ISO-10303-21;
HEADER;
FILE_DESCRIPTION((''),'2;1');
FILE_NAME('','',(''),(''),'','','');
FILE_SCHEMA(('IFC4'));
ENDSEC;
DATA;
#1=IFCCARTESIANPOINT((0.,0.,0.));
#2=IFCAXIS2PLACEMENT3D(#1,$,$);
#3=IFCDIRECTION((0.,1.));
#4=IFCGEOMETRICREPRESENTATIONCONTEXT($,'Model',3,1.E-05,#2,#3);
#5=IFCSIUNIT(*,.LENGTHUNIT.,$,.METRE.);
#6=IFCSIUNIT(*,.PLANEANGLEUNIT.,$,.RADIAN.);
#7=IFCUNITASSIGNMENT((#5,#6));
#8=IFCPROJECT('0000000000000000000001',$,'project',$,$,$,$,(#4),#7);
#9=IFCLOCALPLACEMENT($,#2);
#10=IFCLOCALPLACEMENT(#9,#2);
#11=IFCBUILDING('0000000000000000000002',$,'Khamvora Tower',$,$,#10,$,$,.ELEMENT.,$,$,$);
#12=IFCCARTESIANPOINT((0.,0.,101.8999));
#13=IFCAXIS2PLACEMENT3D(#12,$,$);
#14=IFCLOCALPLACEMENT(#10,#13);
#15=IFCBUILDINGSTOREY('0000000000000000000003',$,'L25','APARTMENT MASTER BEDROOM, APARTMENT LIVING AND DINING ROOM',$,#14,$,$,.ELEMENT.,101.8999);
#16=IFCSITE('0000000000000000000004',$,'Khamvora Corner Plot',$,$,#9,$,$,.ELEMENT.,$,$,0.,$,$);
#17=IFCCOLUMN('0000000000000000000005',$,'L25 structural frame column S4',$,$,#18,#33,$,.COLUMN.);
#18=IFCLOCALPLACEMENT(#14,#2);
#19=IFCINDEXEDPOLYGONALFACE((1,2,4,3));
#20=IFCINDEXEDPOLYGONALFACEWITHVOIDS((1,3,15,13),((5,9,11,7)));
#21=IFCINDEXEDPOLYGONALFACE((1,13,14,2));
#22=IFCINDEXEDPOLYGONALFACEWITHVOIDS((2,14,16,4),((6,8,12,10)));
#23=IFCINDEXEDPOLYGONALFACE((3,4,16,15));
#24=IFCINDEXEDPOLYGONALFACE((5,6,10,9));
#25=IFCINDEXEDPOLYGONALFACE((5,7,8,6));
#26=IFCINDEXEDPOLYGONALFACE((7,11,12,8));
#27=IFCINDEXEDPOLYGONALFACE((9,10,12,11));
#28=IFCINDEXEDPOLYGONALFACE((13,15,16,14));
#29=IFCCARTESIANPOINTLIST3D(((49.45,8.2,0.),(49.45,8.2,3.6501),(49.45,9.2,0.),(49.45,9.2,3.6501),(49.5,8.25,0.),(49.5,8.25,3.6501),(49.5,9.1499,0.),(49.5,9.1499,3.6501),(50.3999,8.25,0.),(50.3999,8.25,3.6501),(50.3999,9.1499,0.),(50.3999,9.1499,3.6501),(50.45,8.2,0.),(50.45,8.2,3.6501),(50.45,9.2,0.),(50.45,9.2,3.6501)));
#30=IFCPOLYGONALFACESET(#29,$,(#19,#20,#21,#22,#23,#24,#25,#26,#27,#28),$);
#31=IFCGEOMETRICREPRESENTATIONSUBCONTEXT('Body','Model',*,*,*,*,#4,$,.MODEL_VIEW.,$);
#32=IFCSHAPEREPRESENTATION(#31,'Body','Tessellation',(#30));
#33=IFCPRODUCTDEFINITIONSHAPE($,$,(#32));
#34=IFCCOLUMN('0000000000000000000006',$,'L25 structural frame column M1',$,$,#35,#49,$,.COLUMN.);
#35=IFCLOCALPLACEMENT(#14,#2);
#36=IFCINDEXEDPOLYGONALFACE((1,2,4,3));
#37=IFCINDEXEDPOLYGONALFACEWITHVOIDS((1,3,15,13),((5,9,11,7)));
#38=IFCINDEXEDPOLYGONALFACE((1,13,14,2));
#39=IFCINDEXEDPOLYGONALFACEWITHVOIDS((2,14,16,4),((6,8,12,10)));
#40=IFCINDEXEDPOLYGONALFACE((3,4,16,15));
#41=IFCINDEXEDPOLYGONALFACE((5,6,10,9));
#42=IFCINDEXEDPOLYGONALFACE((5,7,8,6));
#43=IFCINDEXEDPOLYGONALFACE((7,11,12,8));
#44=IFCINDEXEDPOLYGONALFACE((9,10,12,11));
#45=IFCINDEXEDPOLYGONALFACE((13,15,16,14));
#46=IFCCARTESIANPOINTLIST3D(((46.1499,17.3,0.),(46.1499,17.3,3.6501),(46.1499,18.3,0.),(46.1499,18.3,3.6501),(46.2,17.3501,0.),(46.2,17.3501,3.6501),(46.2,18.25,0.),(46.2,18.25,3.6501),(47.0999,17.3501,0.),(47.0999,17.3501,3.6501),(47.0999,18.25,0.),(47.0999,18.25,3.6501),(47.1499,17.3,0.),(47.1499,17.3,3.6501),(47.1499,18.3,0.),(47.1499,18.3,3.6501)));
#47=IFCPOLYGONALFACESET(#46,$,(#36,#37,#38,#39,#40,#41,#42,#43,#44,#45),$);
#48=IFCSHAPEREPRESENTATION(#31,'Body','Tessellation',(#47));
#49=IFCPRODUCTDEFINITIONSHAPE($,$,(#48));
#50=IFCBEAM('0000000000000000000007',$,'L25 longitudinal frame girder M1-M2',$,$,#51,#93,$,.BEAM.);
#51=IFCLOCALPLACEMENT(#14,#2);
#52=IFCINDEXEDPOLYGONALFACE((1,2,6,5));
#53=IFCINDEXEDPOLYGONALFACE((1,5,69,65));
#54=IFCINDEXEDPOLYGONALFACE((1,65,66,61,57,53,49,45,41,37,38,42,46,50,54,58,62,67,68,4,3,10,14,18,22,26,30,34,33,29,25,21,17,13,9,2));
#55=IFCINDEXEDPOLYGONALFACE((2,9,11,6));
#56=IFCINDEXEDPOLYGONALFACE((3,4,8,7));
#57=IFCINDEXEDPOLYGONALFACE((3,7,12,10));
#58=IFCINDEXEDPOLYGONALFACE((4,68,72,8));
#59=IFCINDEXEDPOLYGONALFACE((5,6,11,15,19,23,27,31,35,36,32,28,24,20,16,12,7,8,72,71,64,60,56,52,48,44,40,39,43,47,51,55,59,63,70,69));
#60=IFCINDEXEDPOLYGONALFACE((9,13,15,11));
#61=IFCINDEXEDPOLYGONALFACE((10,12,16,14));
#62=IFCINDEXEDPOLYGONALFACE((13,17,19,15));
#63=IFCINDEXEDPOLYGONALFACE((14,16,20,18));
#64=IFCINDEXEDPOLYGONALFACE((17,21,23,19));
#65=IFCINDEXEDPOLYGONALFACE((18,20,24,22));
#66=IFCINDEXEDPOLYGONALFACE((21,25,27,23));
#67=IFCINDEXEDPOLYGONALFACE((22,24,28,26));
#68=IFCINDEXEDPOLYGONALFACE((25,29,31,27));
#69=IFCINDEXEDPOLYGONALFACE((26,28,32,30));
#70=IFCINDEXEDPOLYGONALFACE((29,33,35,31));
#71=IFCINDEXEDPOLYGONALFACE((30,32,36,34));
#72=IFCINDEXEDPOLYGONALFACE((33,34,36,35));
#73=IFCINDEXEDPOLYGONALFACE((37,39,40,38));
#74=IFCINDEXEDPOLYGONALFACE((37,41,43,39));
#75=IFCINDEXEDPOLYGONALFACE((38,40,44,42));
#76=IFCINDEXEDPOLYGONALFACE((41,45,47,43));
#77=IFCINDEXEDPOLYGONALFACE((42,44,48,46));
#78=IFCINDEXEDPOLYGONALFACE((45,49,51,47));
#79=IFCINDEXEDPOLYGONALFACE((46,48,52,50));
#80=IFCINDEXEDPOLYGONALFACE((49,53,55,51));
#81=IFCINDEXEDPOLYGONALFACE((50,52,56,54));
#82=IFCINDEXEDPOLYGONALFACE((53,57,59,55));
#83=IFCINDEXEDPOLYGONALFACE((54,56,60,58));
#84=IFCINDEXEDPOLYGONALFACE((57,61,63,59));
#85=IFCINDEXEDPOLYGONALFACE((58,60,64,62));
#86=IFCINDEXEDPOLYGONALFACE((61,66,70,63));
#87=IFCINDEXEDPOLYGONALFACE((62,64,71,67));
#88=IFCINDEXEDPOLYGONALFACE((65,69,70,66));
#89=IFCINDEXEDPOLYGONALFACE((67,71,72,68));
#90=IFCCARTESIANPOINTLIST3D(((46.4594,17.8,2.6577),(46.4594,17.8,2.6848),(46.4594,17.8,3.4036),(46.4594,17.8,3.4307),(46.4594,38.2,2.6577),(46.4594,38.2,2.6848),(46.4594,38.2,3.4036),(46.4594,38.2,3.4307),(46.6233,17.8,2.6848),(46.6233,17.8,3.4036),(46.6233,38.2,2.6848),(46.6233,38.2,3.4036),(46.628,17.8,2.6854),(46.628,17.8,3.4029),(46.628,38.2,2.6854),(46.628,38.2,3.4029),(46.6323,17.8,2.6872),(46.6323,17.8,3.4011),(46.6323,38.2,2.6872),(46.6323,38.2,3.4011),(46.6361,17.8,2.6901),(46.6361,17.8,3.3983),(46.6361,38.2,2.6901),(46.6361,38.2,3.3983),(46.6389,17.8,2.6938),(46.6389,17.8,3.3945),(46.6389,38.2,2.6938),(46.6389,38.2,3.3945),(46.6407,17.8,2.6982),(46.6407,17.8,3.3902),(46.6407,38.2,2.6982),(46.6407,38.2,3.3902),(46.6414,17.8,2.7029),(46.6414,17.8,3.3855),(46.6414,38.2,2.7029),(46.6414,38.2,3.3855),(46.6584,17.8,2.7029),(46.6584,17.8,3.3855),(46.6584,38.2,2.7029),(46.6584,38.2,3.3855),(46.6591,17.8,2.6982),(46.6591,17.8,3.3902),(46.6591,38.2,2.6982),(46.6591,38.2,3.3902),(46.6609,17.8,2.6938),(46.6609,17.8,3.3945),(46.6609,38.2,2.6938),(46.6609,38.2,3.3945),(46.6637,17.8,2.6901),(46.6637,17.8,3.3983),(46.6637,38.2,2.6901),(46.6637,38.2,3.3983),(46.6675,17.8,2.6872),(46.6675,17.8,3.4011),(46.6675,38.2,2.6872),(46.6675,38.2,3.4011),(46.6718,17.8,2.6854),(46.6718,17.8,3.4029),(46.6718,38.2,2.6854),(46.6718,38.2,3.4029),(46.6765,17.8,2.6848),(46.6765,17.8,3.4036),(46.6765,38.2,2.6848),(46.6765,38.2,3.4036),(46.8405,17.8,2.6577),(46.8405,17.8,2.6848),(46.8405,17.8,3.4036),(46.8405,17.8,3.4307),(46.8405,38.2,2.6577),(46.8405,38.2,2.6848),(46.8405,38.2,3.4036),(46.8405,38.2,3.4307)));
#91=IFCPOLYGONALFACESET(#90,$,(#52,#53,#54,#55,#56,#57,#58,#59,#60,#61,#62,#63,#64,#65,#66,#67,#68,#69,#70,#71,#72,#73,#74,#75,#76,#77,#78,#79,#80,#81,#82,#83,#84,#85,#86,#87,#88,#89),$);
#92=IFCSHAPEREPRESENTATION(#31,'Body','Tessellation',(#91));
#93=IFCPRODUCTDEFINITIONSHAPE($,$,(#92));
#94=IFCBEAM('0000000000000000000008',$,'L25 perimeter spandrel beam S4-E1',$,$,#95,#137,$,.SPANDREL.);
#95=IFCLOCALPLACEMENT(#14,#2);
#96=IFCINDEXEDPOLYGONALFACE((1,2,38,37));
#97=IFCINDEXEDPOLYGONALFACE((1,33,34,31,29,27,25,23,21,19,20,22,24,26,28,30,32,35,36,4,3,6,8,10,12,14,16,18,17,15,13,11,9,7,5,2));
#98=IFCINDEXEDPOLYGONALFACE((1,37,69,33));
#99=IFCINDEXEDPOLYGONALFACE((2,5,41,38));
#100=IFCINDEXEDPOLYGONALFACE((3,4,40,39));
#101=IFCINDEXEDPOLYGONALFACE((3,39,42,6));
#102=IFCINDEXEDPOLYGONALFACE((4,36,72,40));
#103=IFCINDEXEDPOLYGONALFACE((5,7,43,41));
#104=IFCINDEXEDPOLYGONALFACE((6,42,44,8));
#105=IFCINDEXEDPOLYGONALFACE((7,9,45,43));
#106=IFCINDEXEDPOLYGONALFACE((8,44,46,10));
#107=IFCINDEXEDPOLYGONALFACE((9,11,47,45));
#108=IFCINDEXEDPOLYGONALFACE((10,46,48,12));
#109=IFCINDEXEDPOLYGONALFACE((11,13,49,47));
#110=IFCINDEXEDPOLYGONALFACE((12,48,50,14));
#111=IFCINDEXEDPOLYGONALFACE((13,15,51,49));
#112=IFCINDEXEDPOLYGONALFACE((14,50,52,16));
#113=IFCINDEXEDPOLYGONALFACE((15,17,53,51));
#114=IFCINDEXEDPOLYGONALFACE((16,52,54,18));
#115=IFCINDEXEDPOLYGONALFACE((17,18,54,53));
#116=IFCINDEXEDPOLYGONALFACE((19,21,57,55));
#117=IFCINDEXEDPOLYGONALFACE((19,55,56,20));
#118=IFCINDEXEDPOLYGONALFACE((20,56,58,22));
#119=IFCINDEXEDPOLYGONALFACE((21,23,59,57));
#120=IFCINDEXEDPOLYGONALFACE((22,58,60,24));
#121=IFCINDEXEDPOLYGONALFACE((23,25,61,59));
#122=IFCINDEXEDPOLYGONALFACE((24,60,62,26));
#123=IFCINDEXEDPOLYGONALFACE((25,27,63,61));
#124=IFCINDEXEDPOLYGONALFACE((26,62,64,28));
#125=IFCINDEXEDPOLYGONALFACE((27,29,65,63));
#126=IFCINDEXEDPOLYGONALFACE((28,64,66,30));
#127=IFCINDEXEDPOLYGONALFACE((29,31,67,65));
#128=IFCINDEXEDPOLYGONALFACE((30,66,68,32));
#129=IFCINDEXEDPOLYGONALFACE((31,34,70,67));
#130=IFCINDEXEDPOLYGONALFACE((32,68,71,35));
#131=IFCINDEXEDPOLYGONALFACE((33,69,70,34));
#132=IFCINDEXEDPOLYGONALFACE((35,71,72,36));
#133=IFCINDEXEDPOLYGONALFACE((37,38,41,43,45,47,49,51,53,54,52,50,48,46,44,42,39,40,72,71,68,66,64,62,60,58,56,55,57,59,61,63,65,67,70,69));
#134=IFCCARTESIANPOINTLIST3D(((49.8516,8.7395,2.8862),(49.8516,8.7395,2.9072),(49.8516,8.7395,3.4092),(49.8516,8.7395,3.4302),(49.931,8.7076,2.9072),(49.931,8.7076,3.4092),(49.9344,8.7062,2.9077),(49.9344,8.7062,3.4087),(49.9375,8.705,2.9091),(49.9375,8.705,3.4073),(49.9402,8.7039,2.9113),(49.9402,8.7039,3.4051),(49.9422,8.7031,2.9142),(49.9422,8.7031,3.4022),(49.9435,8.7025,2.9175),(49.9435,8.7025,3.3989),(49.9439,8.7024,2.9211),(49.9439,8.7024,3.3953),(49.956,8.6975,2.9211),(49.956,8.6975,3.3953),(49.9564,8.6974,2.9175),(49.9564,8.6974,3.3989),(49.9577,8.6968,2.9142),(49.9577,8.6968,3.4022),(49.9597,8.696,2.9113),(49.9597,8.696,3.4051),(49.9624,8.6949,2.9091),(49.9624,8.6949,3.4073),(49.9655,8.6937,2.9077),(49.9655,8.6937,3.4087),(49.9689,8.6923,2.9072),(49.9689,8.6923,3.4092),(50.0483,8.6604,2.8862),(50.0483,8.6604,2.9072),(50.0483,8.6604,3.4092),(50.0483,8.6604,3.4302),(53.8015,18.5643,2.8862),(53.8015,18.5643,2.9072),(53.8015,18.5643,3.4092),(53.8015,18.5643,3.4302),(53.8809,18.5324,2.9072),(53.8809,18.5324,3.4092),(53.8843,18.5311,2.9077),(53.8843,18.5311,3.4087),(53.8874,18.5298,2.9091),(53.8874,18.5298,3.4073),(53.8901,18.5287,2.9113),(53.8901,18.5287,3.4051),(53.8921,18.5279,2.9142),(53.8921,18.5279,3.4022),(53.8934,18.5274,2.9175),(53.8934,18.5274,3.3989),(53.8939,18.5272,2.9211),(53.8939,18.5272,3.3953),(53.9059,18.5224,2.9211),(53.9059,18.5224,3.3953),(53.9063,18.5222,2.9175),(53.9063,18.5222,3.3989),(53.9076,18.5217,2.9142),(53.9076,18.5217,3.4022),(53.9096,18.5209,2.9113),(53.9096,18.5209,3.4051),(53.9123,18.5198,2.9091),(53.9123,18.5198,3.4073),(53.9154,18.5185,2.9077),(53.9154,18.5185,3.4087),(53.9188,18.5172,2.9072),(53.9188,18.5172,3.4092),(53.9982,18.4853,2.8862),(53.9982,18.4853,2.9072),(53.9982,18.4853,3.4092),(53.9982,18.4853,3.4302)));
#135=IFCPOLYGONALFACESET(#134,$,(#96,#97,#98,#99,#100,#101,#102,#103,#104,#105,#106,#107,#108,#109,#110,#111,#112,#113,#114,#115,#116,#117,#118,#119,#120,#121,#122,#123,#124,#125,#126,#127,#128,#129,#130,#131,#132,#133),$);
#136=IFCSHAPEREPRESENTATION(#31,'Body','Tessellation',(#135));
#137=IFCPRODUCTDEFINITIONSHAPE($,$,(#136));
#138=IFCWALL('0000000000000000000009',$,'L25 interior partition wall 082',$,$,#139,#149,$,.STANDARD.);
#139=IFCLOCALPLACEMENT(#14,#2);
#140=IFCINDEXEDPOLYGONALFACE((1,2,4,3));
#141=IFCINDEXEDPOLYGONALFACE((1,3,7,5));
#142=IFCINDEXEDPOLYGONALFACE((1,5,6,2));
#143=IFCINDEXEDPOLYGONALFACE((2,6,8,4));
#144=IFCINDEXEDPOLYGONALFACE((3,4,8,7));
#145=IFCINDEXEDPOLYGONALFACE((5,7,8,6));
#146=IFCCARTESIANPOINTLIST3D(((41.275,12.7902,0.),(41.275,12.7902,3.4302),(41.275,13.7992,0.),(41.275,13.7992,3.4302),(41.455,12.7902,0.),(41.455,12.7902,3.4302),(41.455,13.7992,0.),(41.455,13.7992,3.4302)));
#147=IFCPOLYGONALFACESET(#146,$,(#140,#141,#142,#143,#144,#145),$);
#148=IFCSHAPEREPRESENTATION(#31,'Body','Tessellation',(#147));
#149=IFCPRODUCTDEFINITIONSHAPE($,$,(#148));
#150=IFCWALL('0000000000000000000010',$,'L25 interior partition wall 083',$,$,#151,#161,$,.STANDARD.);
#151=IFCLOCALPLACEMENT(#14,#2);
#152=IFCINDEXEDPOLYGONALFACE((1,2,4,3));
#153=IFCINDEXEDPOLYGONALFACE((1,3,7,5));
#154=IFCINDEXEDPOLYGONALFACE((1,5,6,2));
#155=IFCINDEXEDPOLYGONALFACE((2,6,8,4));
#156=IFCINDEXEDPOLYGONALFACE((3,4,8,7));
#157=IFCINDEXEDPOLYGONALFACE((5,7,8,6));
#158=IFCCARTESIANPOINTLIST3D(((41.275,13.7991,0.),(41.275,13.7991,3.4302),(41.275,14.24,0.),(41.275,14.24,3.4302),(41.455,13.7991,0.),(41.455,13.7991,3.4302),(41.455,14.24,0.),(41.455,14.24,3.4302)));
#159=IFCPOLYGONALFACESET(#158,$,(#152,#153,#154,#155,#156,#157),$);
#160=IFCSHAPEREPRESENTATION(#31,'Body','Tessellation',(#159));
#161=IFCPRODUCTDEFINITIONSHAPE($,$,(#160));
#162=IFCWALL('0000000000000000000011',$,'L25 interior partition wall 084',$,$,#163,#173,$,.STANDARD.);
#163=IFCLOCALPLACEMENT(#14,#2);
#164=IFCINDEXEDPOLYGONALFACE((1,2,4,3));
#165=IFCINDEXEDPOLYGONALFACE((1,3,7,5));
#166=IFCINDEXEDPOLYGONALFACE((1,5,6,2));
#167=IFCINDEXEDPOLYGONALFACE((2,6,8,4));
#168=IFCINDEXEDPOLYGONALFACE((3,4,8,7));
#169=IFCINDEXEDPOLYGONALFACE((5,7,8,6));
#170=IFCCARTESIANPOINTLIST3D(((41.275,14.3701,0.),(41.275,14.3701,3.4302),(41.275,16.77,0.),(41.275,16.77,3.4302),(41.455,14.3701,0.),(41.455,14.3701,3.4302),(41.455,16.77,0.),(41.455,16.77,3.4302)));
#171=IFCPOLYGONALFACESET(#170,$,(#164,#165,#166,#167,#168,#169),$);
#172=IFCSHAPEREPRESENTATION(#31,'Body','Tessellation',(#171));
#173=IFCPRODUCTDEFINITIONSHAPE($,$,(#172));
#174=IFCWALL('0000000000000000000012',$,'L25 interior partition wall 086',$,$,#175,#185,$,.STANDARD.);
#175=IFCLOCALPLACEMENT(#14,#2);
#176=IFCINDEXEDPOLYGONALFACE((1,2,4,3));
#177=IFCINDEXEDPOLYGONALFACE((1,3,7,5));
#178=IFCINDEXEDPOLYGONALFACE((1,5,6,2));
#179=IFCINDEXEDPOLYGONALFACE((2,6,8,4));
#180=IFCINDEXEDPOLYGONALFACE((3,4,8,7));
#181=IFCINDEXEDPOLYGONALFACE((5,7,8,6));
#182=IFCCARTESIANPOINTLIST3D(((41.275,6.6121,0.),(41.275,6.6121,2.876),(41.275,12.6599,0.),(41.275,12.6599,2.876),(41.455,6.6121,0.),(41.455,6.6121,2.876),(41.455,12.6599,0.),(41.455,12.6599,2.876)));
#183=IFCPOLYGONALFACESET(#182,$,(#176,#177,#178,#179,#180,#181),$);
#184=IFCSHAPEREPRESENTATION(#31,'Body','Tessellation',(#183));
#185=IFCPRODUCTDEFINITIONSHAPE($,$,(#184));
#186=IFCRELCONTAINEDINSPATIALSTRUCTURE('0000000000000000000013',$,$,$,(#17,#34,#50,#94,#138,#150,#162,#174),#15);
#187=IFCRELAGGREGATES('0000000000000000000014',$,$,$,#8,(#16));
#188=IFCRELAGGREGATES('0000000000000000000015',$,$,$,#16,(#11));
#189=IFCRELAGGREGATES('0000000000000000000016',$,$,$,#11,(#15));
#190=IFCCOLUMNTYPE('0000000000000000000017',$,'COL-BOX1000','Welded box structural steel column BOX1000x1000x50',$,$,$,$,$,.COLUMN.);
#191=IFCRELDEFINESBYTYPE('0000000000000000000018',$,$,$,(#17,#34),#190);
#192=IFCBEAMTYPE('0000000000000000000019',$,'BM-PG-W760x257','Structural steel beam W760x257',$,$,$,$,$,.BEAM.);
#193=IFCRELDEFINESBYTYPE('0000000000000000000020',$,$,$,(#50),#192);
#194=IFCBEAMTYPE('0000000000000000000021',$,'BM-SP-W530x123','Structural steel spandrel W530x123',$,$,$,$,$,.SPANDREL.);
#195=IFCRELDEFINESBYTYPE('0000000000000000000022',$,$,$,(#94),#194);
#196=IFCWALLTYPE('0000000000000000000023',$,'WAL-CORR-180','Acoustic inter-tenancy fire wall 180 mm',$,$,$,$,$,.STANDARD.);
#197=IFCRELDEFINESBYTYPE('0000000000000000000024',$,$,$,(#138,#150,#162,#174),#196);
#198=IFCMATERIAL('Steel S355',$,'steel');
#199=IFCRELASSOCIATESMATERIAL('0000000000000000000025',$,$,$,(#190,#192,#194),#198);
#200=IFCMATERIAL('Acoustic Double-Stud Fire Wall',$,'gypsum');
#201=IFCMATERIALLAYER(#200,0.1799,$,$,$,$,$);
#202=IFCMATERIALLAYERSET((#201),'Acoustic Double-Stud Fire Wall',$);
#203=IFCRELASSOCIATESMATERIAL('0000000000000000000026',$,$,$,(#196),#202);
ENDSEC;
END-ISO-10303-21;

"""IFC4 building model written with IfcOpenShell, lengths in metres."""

from ifc_helpers import new_model, si_unit, direction, frame, frame_2d, origin, origin_2d, place, context, subcontext, project, spatial, rectangle, hollow_rectangle, i_section, extrude, material, layer, layer_set, material_profile, profile_set, type_object, element, save


model = new_model("IFC4")

# Units and contexts
model_context = context("Model", 3, precision=1e-05, world=origin(), true_north=direction((0.0, 1.0)))
body_context = subcontext(model_context, "Body", "Model", "MODEL_VIEW")
ifc_project = project(units=[si_unit("LENGTHUNIT", "METRE"), si_unit("PLANEANGLEUNIT", "RADIAN")], contexts=[model_context])

# Site, building, storey
site_placement = place(None, origin())
site = spatial("IfcSite", under=ifc_project, at=site_placement, Name="Khamvora Corner Plot", CompositionType="ELEMENT", RefElevation=0.0)
building_placement = place(site_placement, origin())
building = spatial("IfcBuilding", under=site, at=building_placement, Name="Khamvora Tower", CompositionType="ELEMENT")
storey_placement = place(building_placement, frame((0.0, 0.0, 101.8999)))
storey = spatial("IfcBuildingStorey", under=building, at=storey_placement, Name="L25", Description="APARTMENT MASTER BEDROOM, APARTMENT LIVING AND DINING ROOM", CompositionType="ELEMENT", Elevation=101.8999)

# Columns
ifc_material_1 = material(Name="Steel S355", Category="steel")
ifc_material_profile_1 = material_profile(ifc_material_1, hollow_rectangle(XDim=1.0, YDim=1.0, WallThickness=0.05, at=origin_2d()), Name="BOX1000x1000x50")
ifc_profile_set_1 = profile_set([ifc_material_profile_1], Name="Steel S355")
column_type = type_object("IfcColumnType", Name="COL-BOX1000", Description="Welded box structural steel column BOX1000x1000x50", PredefinedType="COLUMN", material=ifc_profile_set_1)
for number, where, z_axis, x_axis, name in (
    (1, (49.95, 8.7, 0.0), (0.0, 0.0, 1.0), (1.0, 0.0, 0.0), "L25 structural frame column S4"),
    (2, (46.6499, 17.8, 0.0), (0.0, 0.0, 1.0), (1.0, 0.0, 0.0), "L25 structural frame column M1"),
):
    element("IfcColumn", number, at=place(storey_placement, frame(where, z_axis=z_axis, x_axis=x_axis)), inside=storey, type_object=column_type, Name=name, PredefinedType="COLUMN", context=body_context, shape_type="SweptSolid", body=[
        extrude(hollow_rectangle(XDim=1.0, YDim=1.0, WallThickness=0.05, at=origin_2d()), origin(), (0.0, 0.0, 1.0), 3.6501),
    ])

# Beams
ifc_material_profile_2 = material_profile(ifc_material_1, i_section(OverallWidth=0.3811, OverallDepth=0.7729, WebThickness=0.0171, FlangeThickness=0.0271, FilletRadius=0.0181, at=origin_2d()), Name="W760x257")
ifc_profile_set_2 = profile_set([ifc_material_profile_2], Name="Steel S355")
beam_type_1 = type_object("IfcBeamType", Name="BM-PG-W760x257", Description="Structural steel beam W760x257", PredefinedType="BEAM", material=ifc_profile_set_2)
beam_1_placement = place(storey_placement, frame((46.6499, 17.8, 3.0442), z_axis=(0.0, 1.0, 0.0), x_axis=(-1.0, 0.0, 0.0)))
element("IfcBeam", 3, at=beam_1_placement, inside=storey, type_object=beam_type_1, Name="L25 longitudinal frame girder M1-M2", PredefinedType="BEAM", context=body_context, shape_type="SweptSolid", body=[
    extrude(i_section(OverallWidth=0.3811, OverallDepth=0.7729, WebThickness=0.0171, FlangeThickness=0.0271, FilletRadius=0.0181, at=origin_2d()), origin(), (0.0, 0.0, 1.0), 20.3999),
])
ifc_material_profile_3 = material_profile(ifc_material_1, i_section(OverallWidth=0.2119, OverallDepth=0.5439, WebThickness=0.0129, FlangeThickness=0.021, FilletRadius=0.0139, at=origin_2d()), Name="W530x123")
ifc_profile_set_3 = profile_set([ifc_material_profile_3], Name="Steel S355")
beam_type_2 = type_object("IfcBeamType", Name="BM-SP-W530x123", Description="Structural steel spandrel W530x123", PredefinedType="SPANDREL", material=ifc_profile_set_3)
beam_2_placement = place(storey_placement, frame((49.95, 8.7, 3.1582), z_axis=(0.373016, 0.927825, 0.0), x_axis=(-0.927825, 0.373016, 0.0)))
element("IfcBeam", 4, at=beam_2_placement, inside=storey, type_object=beam_type_2, Name="L25 perimeter spandrel beam S4-E1", PredefinedType="SPANDREL", context=body_context, shape_type="SweptSolid", body=[
    extrude(i_section(OverallWidth=0.2119, OverallDepth=0.5439, WebThickness=0.0129, FlangeThickness=0.021, FilletRadius=0.0139, at=origin_2d()), origin(), (0.0, 0.0, 1.0), 10.5891),
])

# Walls
ifc_material_2 = material(Name="Acoustic Double-Stud Fire Wall", Category="gypsum")
ifc_layer_1 = layer(ifc_material_2, 0.1799)
ifc_layer_set_1 = layer_set([ifc_layer_1], Name="Acoustic Double-Stud Fire Wall")
wall_type_1 = type_object("IfcWallType", Name="WAL-CORR-180", Description="Acoustic inter-tenancy fire wall 180 mm", PredefinedType="STANDARD", material=ifc_layer_set_1)
wall_1_placement = place(storey_placement, frame((41.365, 13.7991, 0.0), z_axis=(0.0, 0.0, 1.0), x_axis=(0.0, -1.0, 0.0)))
element("IfcWall", 5, at=wall_1_placement, inside=storey, type_object=wall_type_1, Name="L25 interior partition wall 082", PredefinedType="STANDARD", context=body_context, shape_type="SweptSolid", body=[
    extrude(rectangle(XDim=1.009, YDim=0.1799, at=frame_2d((0.5044, 0.0))), origin(), (0.0, 0.0, 1.0), 3.4302),
])
wall_2_placement = place(storey_placement, frame((41.365, 14.24, 0.0), z_axis=(0.0, 0.0, 1.0), x_axis=(0.0, -1.0, 0.0)))
element("IfcWall", 6, at=wall_2_placement, inside=storey, type_object=wall_type_1, Name="L25 interior partition wall 083", PredefinedType="STANDARD", context=body_context, shape_type="SweptSolid", body=[
    extrude(rectangle(XDim=0.4409, YDim=0.1799, at=frame_2d((0.2205, 0.0))), origin(), (0.0, 0.0, 1.0), 3.4302),
])
wall_3_placement = place(storey_placement, frame((41.365, 16.77, 0.0), z_axis=(0.0, 0.0, 1.0), x_axis=(0.0, -1.0, 0.0)))
element("IfcWall", 7, at=wall_3_placement, inside=storey, type_object=wall_type_1, Name="L25 interior partition wall 084", PredefinedType="STANDARD", context=body_context, shape_type="SweptSolid", body=[
    extrude(rectangle(XDim=2.3999, YDim=0.1799, at=frame_2d((1.2, 0.0))), origin(), (0.0, 0.0, 1.0), 3.4302),
])
wall_4_placement = place(storey_placement, frame((41.365, 12.6599, 0.0), z_axis=(0.0, 0.0, 1.0), x_axis=(0.0, -1.0, 0.0)))
element("IfcWall", 8, at=wall_4_placement, inside=storey, type_object=wall_type_1, Name="L25 interior partition wall 086", PredefinedType="STANDARD", context=body_context, shape_type="SweptSolid", body=[
    extrude(rectangle(XDim=6.0479, YDim=0.1799, at=frame_2d((3.0239, 0.0))), origin(), (0.0, 0.0, 1.0), 2.876),
])

save(model, "model.ifc")
